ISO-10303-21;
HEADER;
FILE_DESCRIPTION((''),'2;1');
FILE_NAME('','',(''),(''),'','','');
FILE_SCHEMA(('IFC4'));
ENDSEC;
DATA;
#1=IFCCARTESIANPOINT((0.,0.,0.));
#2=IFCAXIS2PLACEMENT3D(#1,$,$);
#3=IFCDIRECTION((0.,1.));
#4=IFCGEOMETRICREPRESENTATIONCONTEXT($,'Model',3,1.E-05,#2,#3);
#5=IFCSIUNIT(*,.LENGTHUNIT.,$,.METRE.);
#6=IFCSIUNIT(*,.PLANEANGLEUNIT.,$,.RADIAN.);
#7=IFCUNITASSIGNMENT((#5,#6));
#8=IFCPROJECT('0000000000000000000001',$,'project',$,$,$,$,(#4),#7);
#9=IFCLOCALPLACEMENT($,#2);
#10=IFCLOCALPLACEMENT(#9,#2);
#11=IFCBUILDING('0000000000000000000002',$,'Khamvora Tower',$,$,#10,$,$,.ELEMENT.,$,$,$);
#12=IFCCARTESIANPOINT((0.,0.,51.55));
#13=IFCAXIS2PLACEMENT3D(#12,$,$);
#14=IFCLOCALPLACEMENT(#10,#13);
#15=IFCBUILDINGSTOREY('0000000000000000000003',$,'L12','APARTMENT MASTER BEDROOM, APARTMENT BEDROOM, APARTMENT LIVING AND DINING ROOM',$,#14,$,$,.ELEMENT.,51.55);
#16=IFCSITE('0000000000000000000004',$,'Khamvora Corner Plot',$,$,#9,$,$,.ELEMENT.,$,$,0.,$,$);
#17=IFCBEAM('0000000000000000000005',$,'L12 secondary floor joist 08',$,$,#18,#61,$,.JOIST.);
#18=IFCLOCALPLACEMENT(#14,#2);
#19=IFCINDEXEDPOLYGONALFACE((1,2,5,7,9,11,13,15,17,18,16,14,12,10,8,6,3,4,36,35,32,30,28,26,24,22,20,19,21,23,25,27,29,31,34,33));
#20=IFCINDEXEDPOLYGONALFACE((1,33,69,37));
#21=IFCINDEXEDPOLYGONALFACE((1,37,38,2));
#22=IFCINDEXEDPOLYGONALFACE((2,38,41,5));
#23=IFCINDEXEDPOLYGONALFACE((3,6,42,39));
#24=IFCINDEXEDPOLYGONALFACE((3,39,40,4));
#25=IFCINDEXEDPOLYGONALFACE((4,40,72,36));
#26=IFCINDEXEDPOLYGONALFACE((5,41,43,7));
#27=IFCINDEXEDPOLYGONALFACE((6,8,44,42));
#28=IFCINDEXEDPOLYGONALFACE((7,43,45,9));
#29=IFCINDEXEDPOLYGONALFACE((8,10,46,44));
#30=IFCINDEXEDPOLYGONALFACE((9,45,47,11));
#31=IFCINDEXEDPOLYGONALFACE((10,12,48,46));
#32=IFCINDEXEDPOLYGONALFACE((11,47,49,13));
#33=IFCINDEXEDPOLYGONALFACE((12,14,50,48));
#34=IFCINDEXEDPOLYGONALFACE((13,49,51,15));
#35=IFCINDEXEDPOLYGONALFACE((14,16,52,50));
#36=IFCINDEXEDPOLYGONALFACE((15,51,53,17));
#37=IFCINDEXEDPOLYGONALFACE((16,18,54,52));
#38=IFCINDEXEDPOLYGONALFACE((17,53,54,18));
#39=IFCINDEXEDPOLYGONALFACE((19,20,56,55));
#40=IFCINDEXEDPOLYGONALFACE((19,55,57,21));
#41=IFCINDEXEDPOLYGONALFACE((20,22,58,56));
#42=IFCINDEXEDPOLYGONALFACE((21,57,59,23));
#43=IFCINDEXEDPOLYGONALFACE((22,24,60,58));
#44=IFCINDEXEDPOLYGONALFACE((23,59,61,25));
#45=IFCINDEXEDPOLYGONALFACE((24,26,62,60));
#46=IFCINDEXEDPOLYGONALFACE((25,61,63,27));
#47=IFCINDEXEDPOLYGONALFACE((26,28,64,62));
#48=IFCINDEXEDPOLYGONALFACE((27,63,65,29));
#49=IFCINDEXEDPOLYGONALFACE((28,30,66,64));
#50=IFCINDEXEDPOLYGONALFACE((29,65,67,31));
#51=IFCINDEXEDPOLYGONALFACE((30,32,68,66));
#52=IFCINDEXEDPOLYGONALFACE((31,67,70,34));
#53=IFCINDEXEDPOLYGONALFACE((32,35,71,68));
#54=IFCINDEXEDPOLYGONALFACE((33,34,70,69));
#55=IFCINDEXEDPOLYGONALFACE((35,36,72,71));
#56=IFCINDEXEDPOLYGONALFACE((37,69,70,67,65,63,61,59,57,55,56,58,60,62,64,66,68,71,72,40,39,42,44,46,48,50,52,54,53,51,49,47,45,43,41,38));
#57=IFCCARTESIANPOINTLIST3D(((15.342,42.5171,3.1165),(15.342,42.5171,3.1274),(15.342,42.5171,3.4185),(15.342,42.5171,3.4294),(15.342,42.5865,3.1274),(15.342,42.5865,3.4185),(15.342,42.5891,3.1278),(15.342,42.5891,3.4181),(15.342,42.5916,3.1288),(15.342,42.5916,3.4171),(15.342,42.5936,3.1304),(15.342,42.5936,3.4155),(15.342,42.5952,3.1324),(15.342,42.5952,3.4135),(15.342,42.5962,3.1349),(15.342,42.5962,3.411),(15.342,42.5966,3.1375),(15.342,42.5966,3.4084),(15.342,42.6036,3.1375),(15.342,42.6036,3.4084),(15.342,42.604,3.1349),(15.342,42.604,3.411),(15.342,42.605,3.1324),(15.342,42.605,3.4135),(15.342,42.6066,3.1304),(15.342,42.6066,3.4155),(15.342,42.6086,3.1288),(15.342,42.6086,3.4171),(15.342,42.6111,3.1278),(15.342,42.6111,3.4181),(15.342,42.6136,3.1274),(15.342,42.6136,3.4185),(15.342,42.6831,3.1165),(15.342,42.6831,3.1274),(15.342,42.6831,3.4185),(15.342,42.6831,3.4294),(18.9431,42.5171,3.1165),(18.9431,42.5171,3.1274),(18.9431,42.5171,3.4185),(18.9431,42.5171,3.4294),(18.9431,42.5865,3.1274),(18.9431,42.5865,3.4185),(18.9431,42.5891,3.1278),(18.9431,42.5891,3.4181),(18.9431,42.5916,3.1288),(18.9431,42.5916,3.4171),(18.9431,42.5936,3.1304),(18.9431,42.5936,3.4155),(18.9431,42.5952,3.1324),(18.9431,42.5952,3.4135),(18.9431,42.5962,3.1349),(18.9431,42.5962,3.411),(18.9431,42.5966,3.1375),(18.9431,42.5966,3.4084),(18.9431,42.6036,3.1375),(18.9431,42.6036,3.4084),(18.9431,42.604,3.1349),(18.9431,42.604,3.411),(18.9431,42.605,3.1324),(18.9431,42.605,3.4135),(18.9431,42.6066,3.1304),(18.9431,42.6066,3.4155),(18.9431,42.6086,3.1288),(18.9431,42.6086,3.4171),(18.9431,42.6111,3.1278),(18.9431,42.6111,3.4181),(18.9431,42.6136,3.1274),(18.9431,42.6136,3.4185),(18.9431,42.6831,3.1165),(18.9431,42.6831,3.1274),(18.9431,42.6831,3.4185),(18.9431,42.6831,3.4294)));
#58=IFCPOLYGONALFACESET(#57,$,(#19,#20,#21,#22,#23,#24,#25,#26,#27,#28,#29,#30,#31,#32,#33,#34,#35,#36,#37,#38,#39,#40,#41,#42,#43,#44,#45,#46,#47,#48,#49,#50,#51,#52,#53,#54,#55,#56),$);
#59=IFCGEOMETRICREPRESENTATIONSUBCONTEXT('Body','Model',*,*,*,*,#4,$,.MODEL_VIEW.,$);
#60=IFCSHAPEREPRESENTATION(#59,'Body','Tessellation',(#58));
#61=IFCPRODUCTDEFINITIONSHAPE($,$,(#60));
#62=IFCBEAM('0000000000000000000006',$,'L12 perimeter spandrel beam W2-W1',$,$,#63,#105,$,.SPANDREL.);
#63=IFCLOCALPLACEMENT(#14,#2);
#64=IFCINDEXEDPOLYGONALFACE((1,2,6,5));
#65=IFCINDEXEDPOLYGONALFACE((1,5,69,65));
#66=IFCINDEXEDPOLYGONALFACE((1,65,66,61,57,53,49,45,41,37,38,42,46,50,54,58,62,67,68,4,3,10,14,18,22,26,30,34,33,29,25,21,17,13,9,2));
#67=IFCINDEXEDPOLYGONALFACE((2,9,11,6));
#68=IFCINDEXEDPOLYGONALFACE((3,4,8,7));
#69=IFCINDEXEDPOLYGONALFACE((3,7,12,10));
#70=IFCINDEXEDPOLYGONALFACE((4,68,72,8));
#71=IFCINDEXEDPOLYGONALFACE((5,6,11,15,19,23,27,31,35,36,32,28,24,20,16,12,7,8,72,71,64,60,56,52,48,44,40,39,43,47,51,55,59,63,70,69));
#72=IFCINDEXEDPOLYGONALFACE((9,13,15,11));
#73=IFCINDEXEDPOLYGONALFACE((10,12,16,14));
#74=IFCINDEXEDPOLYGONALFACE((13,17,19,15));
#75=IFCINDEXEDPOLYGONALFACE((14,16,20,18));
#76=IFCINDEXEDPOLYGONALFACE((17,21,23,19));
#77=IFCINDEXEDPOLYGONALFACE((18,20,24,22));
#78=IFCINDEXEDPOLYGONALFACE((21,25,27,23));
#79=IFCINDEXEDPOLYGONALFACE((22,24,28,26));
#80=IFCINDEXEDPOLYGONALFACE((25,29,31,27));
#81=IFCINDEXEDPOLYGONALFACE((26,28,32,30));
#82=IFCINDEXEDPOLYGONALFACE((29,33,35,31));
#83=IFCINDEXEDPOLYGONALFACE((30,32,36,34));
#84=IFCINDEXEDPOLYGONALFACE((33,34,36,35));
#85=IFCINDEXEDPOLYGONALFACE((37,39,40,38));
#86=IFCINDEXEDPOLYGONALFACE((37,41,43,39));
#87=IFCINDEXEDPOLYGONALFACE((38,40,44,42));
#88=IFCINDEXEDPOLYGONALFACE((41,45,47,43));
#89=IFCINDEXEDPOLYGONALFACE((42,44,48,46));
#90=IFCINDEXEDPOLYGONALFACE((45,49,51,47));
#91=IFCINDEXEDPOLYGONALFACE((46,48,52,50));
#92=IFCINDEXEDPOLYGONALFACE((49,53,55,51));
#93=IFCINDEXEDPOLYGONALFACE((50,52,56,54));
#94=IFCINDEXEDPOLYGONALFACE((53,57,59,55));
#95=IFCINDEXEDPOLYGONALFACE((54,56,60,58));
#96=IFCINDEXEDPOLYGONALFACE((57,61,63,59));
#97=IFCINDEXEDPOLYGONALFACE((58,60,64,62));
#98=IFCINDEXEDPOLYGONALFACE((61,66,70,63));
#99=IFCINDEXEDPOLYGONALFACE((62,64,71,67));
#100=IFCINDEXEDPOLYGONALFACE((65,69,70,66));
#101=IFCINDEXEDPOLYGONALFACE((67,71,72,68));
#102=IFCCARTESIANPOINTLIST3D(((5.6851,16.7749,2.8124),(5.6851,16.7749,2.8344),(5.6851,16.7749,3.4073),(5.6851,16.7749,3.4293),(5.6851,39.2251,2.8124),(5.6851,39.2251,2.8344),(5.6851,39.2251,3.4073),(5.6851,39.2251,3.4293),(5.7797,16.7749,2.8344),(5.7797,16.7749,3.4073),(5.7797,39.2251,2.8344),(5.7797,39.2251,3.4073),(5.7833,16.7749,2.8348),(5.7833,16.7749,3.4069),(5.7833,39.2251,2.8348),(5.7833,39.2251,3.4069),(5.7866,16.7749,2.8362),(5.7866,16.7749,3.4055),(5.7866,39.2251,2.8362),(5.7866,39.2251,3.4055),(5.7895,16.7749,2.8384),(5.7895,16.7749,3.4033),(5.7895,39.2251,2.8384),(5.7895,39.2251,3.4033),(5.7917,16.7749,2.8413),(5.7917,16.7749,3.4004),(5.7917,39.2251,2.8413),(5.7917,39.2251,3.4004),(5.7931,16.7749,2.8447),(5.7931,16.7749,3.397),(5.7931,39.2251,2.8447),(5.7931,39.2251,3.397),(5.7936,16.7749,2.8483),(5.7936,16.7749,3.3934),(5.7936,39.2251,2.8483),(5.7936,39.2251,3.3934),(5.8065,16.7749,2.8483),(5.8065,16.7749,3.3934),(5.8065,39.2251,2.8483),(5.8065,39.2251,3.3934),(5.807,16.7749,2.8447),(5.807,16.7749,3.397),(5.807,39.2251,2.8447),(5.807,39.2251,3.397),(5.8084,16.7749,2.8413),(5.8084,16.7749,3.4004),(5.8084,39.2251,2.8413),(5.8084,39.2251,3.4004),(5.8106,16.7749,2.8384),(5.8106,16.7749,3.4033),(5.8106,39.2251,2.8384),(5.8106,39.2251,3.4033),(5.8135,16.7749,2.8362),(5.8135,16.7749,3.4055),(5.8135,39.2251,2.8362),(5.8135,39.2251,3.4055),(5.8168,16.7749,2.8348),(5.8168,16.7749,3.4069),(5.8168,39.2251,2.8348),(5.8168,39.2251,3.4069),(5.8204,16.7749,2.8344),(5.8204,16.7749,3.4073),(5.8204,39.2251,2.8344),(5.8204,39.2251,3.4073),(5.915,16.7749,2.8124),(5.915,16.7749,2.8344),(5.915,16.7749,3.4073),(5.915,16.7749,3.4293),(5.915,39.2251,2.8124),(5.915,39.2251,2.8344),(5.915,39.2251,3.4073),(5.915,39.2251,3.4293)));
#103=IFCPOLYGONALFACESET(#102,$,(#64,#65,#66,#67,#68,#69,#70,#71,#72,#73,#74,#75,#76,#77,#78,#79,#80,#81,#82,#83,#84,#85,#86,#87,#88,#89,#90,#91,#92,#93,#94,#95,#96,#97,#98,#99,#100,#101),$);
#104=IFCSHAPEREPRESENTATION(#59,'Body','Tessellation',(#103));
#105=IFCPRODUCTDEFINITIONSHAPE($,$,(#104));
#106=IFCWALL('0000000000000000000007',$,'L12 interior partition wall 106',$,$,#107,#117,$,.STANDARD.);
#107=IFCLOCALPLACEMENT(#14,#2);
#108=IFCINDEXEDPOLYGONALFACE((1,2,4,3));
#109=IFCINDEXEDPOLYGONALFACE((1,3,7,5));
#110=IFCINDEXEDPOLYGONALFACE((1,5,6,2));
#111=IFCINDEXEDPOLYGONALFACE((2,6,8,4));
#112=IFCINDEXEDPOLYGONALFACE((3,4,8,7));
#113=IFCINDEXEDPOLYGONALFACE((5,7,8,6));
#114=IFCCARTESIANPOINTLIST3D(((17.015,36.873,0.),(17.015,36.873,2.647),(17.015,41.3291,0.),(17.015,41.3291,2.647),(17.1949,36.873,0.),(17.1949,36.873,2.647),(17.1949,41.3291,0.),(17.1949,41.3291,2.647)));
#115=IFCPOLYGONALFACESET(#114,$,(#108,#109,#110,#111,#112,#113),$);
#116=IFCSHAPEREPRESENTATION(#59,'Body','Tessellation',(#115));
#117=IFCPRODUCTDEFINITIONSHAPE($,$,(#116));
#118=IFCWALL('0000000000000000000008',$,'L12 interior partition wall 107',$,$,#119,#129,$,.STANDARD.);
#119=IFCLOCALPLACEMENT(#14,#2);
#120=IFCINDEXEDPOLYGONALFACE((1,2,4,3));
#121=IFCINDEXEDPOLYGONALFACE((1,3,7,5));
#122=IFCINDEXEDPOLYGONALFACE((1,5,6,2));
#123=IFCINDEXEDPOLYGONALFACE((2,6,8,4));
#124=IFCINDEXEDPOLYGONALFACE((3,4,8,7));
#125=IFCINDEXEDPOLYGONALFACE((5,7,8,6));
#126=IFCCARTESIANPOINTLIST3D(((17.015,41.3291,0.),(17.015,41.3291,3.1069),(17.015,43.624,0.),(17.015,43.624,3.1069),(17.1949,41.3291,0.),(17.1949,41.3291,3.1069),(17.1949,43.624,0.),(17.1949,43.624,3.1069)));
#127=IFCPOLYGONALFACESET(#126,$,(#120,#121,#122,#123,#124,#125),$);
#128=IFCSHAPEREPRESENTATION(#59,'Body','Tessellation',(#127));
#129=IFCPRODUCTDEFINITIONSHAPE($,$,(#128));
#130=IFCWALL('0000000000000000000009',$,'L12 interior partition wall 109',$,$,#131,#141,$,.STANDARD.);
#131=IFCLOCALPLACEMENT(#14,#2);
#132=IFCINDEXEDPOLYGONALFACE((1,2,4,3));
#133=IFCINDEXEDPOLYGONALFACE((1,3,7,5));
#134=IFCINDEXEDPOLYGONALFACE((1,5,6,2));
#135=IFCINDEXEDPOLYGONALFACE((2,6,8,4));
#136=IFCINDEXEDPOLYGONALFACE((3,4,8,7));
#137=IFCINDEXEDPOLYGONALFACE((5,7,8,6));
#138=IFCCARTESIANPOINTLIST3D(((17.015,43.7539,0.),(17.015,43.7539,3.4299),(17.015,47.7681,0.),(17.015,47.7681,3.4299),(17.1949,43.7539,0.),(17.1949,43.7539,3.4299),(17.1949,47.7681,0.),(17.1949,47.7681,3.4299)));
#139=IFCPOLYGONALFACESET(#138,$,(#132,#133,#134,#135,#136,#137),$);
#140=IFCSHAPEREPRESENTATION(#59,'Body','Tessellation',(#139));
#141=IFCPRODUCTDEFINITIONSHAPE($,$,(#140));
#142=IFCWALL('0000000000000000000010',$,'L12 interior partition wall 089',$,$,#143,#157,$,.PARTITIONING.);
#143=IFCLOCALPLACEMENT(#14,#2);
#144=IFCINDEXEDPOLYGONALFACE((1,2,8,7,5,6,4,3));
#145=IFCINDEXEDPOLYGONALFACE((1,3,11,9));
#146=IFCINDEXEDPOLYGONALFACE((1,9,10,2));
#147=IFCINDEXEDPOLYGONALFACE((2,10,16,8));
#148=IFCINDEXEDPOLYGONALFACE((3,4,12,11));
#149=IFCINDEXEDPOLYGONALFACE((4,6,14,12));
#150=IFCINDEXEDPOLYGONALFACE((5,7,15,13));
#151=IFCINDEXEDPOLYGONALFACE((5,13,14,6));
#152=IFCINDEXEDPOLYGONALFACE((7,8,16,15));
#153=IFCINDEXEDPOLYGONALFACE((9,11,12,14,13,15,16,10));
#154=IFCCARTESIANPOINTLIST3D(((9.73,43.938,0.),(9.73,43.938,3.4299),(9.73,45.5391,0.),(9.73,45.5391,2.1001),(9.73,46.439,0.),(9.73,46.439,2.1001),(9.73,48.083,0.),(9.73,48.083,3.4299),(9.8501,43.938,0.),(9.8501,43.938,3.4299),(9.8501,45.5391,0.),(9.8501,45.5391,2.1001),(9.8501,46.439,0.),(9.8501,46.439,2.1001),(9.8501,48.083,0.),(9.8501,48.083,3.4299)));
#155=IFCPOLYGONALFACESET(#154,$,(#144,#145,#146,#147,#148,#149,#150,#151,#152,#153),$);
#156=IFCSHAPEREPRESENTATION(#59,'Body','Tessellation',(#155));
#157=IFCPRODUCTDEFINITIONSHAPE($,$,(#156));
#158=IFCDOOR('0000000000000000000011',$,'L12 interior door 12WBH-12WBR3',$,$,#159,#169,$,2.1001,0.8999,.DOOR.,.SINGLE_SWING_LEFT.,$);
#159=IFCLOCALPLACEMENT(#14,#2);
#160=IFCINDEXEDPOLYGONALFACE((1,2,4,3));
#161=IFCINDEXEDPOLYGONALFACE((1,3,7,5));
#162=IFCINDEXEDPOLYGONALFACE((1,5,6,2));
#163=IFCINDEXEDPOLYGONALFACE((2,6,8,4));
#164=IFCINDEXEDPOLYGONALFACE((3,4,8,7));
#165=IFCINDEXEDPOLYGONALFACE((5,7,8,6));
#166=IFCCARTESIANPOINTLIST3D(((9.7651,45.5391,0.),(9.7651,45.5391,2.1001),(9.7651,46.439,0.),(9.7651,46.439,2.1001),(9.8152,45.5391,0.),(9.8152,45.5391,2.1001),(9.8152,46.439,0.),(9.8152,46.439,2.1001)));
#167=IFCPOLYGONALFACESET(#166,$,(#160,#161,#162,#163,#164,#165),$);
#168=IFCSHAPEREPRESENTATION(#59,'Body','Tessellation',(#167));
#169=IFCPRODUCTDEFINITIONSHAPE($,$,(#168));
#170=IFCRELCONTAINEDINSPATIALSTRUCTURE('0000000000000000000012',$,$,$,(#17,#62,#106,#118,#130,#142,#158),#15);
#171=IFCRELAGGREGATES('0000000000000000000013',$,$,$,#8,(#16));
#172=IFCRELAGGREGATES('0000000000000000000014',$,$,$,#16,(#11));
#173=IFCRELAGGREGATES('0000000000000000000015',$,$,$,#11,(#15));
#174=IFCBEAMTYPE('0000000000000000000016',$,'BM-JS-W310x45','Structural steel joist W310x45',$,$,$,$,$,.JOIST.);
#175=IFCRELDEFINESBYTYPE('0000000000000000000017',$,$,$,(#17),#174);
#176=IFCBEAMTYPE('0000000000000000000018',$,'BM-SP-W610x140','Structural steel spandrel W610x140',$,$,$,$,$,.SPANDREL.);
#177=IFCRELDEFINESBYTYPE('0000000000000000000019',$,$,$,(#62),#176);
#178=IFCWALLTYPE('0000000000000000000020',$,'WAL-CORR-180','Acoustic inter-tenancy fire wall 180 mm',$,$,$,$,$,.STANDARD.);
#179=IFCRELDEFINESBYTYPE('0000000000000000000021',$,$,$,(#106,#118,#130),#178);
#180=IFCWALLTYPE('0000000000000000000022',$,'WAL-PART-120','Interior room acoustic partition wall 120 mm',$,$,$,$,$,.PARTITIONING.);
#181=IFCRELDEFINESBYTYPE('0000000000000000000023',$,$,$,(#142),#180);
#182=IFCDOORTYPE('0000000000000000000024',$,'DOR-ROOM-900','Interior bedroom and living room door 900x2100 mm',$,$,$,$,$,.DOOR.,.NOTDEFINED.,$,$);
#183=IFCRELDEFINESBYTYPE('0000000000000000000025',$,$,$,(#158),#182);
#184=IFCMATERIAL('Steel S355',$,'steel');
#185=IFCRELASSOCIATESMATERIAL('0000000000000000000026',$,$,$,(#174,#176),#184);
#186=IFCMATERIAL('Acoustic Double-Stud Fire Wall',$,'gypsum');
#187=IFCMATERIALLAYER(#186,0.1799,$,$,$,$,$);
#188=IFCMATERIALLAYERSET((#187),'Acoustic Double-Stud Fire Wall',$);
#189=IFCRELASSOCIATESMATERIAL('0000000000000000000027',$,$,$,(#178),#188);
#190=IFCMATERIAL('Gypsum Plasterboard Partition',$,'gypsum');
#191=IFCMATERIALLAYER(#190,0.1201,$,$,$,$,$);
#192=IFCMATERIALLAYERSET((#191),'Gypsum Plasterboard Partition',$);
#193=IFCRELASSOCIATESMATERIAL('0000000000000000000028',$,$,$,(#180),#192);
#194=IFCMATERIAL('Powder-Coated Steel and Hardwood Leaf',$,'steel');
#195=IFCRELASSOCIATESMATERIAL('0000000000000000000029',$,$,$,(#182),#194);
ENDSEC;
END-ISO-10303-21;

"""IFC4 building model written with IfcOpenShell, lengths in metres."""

from ifc_helpers import new_model, si_unit, direction, frame, frame_2d, origin, origin_2d, place, context, subcontext, project, spatial, rectangle, i_section, extrude, material, layer, layer_set, material_profile, profile_set, type_object, element, fill, save


model = new_model("IFC4")

# Units and contexts
model_context = context("Model", 3, precision=1e-05, world=origin(), true_north=direction((0.0, 1.0)))
body_context = subcontext(model_context, "Body", "Model", "MODEL_VIEW")
ifc_project = project(units=[si_unit("LENGTHUNIT", "METRE"), si_unit("PLANEANGLEUNIT", "RADIAN")], contexts=[model_context])

# Site, building, storey
site_placement = place(None, origin())
site = spatial("IfcSite", under=ifc_project, at=site_placement, Name="Khamvora Corner Plot", CompositionType="ELEMENT", RefElevation=0.0)
building_placement = place(site_placement, origin())
building = spatial("IfcBuilding", under=site, at=building_placement, Name="Khamvora Tower", CompositionType="ELEMENT")
storey_placement = place(building_placement, frame((0.0, 0.0, 51.55)))
storey = spatial("IfcBuildingStorey", under=building, at=storey_placement, Name="L12", Description="APARTMENT MASTER BEDROOM, APARTMENT BEDROOM, APARTMENT LIVING AND DINING ROOM", CompositionType="ELEMENT", Elevation=51.55)

# Beams
ifc_material_1 = material(Name="Steel S355", Category="steel")
ifc_material_profile_1 = material_profile(ifc_material_1, i_section(OverallWidth=0.166, OverallDepth=0.313, WebThickness=0.0071, FlangeThickness=0.011, FilletRadius=0.01, at=origin_2d()), Name="W310x45")
ifc_profile_set_1 = profile_set([ifc_material_profile_1], Name="Steel S355")
beam_type_1 = type_object("IfcBeamType", Name="BM-JS-W310x45", Description="Structural steel joist W310x45", PredefinedType="JOIST", material=ifc_profile_set_1)
beam_1_placement = place(storey_placement, frame((15.342, 42.6001, 3.2729), z_axis=(1.0, 0.0, 0.0), x_axis=(0.0, 1.0, 0.0)))
element("IfcBeam", 1, at=beam_1_placement, inside=storey, type_object=beam_type_1, Name="L12 secondary floor joist 08", PredefinedType="JOIST", context=body_context, shape_type="SweptSolid", body=[
    extrude(i_section(OverallWidth=0.166, OverallDepth=0.313, WebThickness=0.0071, FlangeThickness=0.011, FilletRadius=0.01, at=origin_2d()), origin(), (0.0, 0.0, 1.0), 3.6011),
])
ifc_material_profile_2 = material_profile(ifc_material_1, i_section(OverallWidth=0.23, OverallDepth=0.6169, WebThickness=0.0129, FlangeThickness=0.022, FilletRadius=0.0139, at=origin_2d()), Name="W610x140")
ifc_profile_set_2 = profile_set([ifc_material_profile_2], Name="Steel S355")
beam_type_2 = type_object("IfcBeamType", Name="BM-SP-W610x140", Description="Structural steel spandrel W610x140", PredefinedType="SPANDREL", material=ifc_profile_set_2)
beam_2_placement = place(storey_placement, frame((5.8, 39.2251, 3.1208), z_axis=(0.0, -1.0, 0.0), x_axis=(1.0, 0.0, 0.0)))
element("IfcBeam", 2, at=beam_2_placement, inside=storey, type_object=beam_type_2, Name="L12 perimeter spandrel beam W2-W1", PredefinedType="SPANDREL", context=body_context, shape_type="SweptSolid", body=[
    extrude(i_section(OverallWidth=0.23, OverallDepth=0.6169, WebThickness=0.0129, FlangeThickness=0.022, FilletRadius=0.0139, at=origin_2d()), origin(), (0.0, 0.0, 1.0), 22.4502),
])

# Walls
ifc_material_2 = material(Name="Acoustic Double-Stud Fire Wall", Category="gypsum")
ifc_layer_1 = layer(ifc_material_2, 0.1799)
ifc_layer_set_1 = layer_set([ifc_layer_1], Name="Acoustic Double-Stud Fire Wall")
wall_type_1 = type_object("IfcWallType", Name="WAL-CORR-180", Description="Acoustic inter-tenancy fire wall 180 mm", PredefinedType="STANDARD", material=ifc_layer_set_1)
wall_1_placement = place(storey_placement, frame((17.105, 41.3291, 0.0), z_axis=(0.0, 0.0, 1.0), x_axis=(0.0, -1.0, 0.0)))
element("IfcWall", 3, at=wall_1_placement, inside=storey, type_object=wall_type_1, Name="L12 interior partition wall 106", PredefinedType="STANDARD", context=body_context, shape_type="SweptSolid", body=[
    extrude(rectangle(XDim=4.4561, YDim=0.1799, at=frame_2d((2.228, 0.0))), origin(), (0.0, 0.0, 1.0), 2.647),
])
wall_2_placement = place(storey_placement, frame((17.105, 43.624, 0.0), z_axis=(0.0, 0.0, 1.0), x_axis=(0.0, -1.0, 0.0)))
element("IfcWall", 4, at=wall_2_placement, inside=storey, type_object=wall_type_1, Name="L12 interior partition wall 107", PredefinedType="STANDARD", context=body_context, shape_type="SweptSolid", body=[
    extrude(rectangle(XDim=2.2949, YDim=0.1799, at=frame_2d((1.1475, 0.0))), origin(), (0.0, 0.0, 1.0), 3.1069),
])
wall_3_placement = place(storey_placement, frame((17.105, 47.7681, 0.0), z_axis=(0.0, 0.0, 1.0), x_axis=(0.0, -1.0, 0.0)))
element("IfcWall", 5, at=wall_3_placement, inside=storey, type_object=wall_type_1, Name="L12 interior partition wall 109", PredefinedType="STANDARD", context=body_context, shape_type="SweptSolid", body=[
    extrude(rectangle(XDim=4.0142, YDim=0.1799, at=frame_2d((2.0071, 0.0))), origin(), (0.0, 0.0, 1.0), 3.4299),
])

# Wall, opening, door
ifc_material_3 = material(Name="Gypsum Plasterboard Partition", Category="gypsum")
ifc_layer_2 = layer(ifc_material_3, 0.1201)
ifc_layer_set_2 = layer_set([ifc_layer_2], Name="Gypsum Plasterboard Partition")
wall_type_2 = type_object("IfcWallType", Name="WAL-PART-120", Description="Interior room acoustic partition wall 120 mm", PredefinedType="PARTITIONING", material=ifc_layer_set_2)
wall_4_placement = place(storey_placement, frame((9.79, 43.938, 0.0), z_axis=(0.0, 0.0, 1.0), x_axis=(0.0, 1.0, 0.0)))
wall_4 = element("IfcWall", 6, at=wall_4_placement, inside=storey, type_object=wall_type_2, Name="L12 interior partition wall 089", PredefinedType="PARTITIONING", context=body_context, shape_type="SweptSolid", body=[
    extrude(rectangle(XDim=4.145, YDim=0.1201, at=frame_2d((2.0725, 0.0))), origin(), (0.0, 0.0, 1.0), 3.4299),
])
opening_1_placement = place(wall_4_placement, frame((1.6011, 0.0, 0.0)))
opening_1 = element("IfcOpeningElement", 7, at=opening_1_placement, cuts=wall_4, PredefinedType="OPENING", context=body_context, shape_type="SweptSolid", body=[
    extrude(rectangle(XDim=0.8999, YDim=2.1001, at=frame_2d((0.45, 1.05))), frame((0.0, 0.0701, 0.0), z_axis=(0.0, -1.0, 0.0), x_axis=(1.0, 0.0, 0.0)), (0.0, 0.0, 1.0), 0.1401),
])
ifc_material_4 = material(Name="Powder-Coated Steel and Hardwood Leaf", Category="steel")
door_type = type_object("IfcDoorType", Name="DOR-ROOM-900", Description="Interior bedroom and living room door 900x2100 mm", OperationType="NOTDEFINED", PredefinedType="DOOR", material=ifc_material_4)
door_1_placement = place(opening_1_placement, origin())
door_1 = element("IfcDoor", 8, at=door_1_placement, inside=storey, type_object=door_type, Name="L12 interior door 12WBH-12WBR3", OperationType="SINGLE_SWING_LEFT", OverallHeight=2.1001, OverallWidth=0.8999, PredefinedType="DOOR", context=body_context, shape_type="SweptSolid", body=[
    extrude(rectangle(XDim=0.8999, YDim=2.1001, at=frame_2d((0.45, 1.05))), frame((0.0, 0.0249, 0.0), z_axis=(0.0, -1.0, 0.0), x_axis=(1.0, 0.0, 0.0)), (0.0, 0.0, 1.0), 0.05),
])
fill(opening_1, door_1)

save(model, "model.ifc")
